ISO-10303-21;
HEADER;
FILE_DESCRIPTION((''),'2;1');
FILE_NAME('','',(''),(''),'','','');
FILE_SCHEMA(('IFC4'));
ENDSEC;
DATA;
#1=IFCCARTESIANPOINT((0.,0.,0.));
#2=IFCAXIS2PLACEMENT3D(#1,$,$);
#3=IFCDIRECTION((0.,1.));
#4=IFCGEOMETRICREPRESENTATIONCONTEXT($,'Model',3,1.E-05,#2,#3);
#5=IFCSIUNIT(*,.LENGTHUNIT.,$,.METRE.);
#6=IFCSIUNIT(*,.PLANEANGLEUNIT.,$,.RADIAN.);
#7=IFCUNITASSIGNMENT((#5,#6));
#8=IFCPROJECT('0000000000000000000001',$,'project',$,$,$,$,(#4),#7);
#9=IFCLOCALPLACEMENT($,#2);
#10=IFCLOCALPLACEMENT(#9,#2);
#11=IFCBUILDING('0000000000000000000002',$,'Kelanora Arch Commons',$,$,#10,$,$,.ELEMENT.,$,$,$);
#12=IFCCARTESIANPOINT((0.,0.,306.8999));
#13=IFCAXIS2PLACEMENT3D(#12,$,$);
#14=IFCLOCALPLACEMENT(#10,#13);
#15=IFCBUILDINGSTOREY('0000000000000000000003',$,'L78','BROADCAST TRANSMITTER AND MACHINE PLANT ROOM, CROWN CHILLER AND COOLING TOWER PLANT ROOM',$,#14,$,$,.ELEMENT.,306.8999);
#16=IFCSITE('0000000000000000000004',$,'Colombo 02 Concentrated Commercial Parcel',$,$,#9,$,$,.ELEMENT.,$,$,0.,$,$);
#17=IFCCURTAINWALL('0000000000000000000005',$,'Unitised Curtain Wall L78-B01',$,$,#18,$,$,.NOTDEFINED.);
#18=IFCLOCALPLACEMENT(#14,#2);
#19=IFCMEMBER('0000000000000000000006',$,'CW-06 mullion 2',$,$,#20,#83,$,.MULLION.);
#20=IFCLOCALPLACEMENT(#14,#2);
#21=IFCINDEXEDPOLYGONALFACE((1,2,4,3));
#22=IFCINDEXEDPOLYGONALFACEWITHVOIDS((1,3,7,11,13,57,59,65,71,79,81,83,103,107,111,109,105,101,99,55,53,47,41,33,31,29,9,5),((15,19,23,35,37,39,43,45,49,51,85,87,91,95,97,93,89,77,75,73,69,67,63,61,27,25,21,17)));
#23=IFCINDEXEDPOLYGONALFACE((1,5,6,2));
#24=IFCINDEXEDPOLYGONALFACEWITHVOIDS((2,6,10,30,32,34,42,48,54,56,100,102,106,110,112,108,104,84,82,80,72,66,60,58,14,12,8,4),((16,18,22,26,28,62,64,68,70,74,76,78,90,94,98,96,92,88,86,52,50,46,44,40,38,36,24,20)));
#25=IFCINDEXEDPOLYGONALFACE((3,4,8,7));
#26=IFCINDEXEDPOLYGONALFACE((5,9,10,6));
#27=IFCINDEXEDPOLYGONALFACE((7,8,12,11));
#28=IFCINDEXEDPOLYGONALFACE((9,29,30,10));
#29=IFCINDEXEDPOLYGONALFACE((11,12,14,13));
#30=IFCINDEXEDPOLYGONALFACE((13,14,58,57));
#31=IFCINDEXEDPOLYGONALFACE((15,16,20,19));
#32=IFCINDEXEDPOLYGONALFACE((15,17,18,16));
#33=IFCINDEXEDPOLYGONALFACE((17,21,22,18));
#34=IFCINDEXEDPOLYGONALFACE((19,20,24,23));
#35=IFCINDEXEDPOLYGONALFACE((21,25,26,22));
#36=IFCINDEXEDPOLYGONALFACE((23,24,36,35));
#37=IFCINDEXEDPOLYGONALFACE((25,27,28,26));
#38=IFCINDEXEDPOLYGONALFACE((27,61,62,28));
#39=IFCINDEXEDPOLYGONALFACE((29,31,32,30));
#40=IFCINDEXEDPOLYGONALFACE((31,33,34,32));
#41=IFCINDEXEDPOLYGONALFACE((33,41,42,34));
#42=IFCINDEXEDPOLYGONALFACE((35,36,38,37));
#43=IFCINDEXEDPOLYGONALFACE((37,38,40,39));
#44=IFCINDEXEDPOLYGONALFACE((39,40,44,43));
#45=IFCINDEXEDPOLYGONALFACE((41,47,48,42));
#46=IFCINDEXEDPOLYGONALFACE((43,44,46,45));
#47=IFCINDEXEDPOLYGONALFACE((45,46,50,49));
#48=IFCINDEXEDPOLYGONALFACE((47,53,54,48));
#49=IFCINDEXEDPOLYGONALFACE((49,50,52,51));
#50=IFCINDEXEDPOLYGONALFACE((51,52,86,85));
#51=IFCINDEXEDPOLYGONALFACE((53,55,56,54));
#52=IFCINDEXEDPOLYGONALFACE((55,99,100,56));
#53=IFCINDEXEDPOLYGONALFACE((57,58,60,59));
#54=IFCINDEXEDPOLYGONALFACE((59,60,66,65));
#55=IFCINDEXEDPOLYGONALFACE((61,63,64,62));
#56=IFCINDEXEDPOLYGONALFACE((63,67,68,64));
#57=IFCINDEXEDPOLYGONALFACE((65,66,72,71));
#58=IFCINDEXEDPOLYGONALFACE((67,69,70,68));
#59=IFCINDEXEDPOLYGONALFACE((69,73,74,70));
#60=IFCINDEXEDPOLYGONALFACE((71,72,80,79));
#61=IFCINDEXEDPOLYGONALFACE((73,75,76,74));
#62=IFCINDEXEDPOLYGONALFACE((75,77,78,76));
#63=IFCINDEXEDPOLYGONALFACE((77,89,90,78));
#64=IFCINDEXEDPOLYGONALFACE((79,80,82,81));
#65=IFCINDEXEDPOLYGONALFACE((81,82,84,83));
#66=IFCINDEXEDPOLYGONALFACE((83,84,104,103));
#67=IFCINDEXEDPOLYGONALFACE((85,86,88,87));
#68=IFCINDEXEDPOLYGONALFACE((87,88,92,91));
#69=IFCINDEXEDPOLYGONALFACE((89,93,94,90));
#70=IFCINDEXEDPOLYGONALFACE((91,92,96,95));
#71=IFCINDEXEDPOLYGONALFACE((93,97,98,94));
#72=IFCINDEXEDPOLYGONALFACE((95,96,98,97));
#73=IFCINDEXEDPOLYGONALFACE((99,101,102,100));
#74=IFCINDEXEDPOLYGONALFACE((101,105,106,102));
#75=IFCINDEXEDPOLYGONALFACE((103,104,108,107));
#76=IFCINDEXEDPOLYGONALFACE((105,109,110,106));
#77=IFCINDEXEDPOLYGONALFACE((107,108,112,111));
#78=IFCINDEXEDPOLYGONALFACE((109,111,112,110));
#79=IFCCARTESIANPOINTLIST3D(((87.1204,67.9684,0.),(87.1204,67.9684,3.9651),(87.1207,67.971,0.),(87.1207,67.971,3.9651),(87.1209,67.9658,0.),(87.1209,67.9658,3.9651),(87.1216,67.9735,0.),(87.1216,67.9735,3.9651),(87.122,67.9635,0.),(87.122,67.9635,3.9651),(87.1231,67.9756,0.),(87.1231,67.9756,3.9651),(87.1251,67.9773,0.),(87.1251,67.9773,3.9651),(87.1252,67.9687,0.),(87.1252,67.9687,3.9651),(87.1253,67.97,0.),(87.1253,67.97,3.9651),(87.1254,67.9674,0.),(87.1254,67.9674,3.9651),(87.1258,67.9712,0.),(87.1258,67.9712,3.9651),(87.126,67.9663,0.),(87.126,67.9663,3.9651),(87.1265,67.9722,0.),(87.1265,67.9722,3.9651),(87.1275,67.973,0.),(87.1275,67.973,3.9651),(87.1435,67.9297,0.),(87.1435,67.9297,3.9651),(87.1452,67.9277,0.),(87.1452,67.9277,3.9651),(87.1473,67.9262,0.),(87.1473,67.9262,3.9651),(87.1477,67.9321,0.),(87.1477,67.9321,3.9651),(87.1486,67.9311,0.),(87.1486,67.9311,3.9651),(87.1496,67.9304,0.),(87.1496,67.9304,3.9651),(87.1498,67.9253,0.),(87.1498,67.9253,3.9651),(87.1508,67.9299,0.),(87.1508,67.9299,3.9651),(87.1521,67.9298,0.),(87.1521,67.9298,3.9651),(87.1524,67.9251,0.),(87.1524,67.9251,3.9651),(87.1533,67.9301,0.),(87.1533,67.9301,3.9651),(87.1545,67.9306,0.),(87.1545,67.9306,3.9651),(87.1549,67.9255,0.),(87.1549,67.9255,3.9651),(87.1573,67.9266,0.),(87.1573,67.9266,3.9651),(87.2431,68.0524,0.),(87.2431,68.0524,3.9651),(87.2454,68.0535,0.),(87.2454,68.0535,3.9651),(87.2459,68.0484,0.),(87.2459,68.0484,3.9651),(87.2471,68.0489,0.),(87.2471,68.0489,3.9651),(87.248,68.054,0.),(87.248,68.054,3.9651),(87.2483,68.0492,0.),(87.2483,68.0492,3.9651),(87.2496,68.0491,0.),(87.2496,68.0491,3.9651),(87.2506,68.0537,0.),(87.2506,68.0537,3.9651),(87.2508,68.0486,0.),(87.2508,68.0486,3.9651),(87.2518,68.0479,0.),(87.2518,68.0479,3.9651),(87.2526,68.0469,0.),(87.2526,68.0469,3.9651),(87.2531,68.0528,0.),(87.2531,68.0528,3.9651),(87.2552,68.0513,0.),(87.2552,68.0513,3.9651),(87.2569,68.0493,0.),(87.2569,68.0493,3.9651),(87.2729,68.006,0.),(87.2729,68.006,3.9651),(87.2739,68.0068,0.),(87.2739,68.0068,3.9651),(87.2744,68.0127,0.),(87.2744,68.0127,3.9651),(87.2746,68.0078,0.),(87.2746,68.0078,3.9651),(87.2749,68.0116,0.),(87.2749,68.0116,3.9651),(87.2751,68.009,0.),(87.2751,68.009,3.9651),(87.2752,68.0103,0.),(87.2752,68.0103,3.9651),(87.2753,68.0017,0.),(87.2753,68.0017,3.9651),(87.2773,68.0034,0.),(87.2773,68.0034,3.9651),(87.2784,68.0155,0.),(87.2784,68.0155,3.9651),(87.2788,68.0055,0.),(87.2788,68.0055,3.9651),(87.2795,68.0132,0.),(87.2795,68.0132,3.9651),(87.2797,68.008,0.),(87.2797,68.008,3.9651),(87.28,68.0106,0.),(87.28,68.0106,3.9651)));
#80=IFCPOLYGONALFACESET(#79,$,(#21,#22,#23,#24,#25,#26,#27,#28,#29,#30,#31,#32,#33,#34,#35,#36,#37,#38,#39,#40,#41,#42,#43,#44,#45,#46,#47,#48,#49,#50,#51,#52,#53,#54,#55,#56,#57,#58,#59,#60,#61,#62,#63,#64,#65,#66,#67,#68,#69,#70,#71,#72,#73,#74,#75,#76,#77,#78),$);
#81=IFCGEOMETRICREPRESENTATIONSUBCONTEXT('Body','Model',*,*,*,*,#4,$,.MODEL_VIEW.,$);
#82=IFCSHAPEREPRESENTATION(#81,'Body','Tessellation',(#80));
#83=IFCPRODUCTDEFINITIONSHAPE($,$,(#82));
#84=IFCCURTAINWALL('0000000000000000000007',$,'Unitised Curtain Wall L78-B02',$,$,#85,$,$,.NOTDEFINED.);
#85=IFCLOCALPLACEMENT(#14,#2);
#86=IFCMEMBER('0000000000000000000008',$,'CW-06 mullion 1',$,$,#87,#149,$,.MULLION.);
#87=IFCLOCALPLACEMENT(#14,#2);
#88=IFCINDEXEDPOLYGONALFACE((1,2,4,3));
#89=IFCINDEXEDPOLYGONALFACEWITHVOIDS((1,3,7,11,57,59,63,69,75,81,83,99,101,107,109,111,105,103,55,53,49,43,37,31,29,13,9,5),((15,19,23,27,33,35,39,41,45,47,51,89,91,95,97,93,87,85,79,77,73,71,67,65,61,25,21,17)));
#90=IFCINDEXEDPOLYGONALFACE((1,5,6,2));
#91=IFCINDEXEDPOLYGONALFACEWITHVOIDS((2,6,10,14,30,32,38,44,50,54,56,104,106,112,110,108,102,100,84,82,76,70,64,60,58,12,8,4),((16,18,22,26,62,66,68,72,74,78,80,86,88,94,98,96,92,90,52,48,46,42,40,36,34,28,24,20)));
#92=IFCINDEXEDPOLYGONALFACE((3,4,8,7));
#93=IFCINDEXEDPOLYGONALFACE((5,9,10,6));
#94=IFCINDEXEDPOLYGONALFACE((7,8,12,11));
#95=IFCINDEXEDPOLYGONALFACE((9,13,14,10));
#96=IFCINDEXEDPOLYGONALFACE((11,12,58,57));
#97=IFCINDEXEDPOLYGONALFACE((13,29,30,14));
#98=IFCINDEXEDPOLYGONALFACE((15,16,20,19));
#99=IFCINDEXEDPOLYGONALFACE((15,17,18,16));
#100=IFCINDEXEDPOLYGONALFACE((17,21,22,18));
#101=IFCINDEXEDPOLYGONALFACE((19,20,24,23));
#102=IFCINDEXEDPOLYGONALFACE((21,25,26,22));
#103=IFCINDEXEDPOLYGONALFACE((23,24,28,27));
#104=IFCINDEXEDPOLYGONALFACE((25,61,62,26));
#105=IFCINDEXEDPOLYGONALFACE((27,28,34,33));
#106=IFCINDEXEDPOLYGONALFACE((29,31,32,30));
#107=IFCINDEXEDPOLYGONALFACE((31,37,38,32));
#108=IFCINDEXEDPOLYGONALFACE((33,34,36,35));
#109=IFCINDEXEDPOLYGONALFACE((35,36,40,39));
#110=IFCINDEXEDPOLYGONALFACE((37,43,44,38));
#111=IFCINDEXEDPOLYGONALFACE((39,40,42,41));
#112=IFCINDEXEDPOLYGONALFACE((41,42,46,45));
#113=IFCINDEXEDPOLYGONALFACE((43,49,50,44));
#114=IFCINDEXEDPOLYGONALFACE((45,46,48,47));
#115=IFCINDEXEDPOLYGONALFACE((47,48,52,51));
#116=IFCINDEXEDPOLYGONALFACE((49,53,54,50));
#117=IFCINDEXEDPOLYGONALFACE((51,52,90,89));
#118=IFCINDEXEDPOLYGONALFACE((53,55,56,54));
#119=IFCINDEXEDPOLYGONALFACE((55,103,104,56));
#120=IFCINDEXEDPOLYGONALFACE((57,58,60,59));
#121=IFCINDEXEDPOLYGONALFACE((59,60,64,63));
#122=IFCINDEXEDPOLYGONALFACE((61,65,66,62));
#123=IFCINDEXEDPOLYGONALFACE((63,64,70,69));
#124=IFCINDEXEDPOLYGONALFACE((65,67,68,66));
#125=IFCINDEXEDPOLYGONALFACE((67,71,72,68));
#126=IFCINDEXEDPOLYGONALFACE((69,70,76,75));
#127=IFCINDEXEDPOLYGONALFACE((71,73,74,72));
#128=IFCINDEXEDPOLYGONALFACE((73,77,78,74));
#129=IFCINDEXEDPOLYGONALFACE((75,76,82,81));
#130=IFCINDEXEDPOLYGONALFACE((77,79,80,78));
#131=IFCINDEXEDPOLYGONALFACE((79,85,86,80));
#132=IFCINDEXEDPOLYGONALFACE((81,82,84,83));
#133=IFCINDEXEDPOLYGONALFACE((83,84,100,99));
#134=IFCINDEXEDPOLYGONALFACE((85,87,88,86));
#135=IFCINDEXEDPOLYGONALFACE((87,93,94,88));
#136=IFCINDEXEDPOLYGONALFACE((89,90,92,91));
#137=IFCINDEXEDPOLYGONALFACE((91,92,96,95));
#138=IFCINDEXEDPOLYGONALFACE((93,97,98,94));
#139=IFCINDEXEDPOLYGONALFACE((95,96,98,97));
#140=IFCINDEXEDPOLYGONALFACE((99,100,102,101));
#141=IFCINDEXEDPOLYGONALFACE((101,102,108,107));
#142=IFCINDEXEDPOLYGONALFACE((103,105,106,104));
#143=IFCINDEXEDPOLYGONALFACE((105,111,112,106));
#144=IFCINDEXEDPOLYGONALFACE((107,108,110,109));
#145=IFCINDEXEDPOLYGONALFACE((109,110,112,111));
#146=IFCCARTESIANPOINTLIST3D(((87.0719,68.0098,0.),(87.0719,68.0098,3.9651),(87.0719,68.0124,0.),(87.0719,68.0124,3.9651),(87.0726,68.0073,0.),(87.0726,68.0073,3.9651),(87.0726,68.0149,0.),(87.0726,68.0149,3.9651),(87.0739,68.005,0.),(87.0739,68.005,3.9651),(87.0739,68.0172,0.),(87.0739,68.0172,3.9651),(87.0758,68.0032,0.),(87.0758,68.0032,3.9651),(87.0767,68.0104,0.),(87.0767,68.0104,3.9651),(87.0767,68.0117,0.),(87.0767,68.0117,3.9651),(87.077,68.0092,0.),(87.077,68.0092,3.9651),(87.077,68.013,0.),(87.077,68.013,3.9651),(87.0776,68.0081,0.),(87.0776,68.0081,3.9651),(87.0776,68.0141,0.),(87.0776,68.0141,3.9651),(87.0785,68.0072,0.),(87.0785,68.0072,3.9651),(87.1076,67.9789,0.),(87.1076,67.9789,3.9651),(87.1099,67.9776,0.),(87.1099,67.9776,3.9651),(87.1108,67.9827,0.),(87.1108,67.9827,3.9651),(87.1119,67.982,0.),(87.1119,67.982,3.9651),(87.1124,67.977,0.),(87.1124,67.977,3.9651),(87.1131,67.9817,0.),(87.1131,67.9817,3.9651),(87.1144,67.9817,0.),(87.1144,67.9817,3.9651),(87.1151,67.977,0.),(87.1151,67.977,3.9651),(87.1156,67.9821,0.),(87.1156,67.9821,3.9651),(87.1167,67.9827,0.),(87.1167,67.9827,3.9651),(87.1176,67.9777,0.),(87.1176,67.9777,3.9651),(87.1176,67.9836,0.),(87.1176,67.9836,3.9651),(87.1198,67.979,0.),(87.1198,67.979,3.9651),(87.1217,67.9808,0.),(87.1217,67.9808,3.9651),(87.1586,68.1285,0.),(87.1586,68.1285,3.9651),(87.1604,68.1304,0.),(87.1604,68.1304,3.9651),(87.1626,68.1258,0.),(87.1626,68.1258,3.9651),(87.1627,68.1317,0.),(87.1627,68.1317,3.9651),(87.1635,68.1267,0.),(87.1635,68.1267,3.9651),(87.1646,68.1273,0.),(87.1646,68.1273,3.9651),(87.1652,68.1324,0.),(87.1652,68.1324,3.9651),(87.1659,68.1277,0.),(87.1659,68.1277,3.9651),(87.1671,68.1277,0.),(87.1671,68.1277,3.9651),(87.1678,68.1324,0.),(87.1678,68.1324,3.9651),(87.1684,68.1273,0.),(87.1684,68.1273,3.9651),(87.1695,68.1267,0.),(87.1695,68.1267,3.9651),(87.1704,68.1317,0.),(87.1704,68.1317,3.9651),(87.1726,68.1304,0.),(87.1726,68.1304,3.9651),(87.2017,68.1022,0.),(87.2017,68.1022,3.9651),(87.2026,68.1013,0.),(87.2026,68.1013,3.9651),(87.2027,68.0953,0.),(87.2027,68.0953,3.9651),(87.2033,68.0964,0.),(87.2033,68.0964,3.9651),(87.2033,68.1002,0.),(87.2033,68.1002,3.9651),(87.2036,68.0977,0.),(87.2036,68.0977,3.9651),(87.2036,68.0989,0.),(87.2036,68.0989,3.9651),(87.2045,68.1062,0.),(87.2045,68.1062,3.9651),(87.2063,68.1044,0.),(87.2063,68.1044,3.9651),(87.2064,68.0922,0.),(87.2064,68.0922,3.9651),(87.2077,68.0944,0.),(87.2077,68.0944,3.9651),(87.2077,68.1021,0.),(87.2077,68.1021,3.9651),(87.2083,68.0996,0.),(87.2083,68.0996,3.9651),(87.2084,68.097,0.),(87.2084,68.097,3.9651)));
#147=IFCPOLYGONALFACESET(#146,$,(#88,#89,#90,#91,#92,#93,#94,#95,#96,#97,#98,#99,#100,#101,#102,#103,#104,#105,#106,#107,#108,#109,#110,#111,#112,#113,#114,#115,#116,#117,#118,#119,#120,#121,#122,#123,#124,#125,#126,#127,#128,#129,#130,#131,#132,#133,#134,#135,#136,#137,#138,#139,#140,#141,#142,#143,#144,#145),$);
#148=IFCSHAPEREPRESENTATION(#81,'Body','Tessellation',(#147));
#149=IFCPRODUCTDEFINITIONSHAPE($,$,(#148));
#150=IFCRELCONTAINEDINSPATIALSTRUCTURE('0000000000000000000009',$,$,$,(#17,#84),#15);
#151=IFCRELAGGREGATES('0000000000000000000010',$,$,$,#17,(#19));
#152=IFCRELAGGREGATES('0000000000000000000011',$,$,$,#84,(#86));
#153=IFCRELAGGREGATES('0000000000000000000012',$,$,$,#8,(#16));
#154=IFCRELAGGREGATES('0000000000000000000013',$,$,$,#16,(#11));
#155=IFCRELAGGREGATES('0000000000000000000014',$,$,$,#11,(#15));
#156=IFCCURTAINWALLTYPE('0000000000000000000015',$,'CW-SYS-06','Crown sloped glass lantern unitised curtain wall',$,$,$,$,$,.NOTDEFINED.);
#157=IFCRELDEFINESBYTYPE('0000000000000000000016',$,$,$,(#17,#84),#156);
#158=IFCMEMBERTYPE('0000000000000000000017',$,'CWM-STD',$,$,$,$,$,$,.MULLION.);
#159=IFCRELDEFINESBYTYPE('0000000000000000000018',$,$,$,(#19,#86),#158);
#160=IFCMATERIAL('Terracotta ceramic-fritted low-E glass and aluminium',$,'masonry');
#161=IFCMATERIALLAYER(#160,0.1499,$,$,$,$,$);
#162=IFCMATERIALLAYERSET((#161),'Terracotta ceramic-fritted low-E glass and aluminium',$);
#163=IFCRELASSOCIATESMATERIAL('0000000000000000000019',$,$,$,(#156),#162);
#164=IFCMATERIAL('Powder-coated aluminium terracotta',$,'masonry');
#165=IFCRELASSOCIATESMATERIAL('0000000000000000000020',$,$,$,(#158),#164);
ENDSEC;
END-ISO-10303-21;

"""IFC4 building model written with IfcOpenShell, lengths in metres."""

from ifc_helpers import new_model, si_unit, direction, frame, origin, origin_2d, place, context, subcontext, project, spatial, hollow_rectangle, extrude, material, layer, layer_set, material_profile, profile_set, type_object, element, aggregate, save


model = new_model("IFC4")

# Units and contexts
model_context = context("Model", 3, precision=1e-05, world=origin(), true_north=direction((0.0, 1.0)))
body_context = subcontext(model_context, "Body", "Model", "MODEL_VIEW")
ifc_project = project(units=[si_unit("LENGTHUNIT", "METRE"), si_unit("PLANEANGLEUNIT", "RADIAN")], contexts=[model_context])

# Site, building, storey
site_placement = place(None, origin())
site = spatial("IfcSite", under=ifc_project, at=site_placement, Name="Colombo 02 Concentrated Commercial Parcel", CompositionType="ELEMENT", RefElevation=0.0)
building_placement = place(site_placement, origin())
building = spatial("IfcBuilding", under=site, at=building_placement, Name="Kelanora Arch Commons", CompositionType="ELEMENT")
storey_placement = place(building_placement, frame((0.0, 0.0, 306.8999)))
storey = spatial("IfcBuildingStorey", under=building, at=storey_placement, Name="L78", Description="BROADCAST TRANSMITTER AND MACHINE PLANT ROOM, CROWN CHILLER AND COOLING TOWER PLANT ROOM", CompositionType="ELEMENT", Elevation=306.8999)

# Curtain wall, member
ifc_material_1 = material(Name="Terracotta ceramic-fritted low-E glass and aluminium", Category="masonry")
ifc_layer_1 = layer(ifc_material_1, 0.1499)
ifc_layer_set_1 = layer_set([ifc_layer_1], Name="Terracotta ceramic-fritted low-E glass and aluminium")
curtain_wall_type = type_object("IfcCurtainWallType", Name="CW-SYS-06", Description="Crown sloped glass lantern unitised curtain wall", PredefinedType="NOTDEFINED", material=ifc_layer_set_1)
curtain_wall_1_placement = place(storey_placement, origin())
curtain_wall_1 = element("IfcCurtainWall", 1, at=curtain_wall_1_placement, inside=storey, type_object=curtain_wall_type, Name="Unitised Curtain Wall L78-B01", PredefinedType="NOTDEFINED")
ifc_material_2 = material(Name="Powder-coated aluminium terracotta", Category="masonry")
ifc_material_profile_1 = material_profile(ifc_material_2, hollow_rectangle(XDim=0.1599, YDim=0.0601, WallThickness=0.0049, InnerFilletRadius=0.0049, OuterFilletRadius=0.01, at=origin_2d()), Name="CWM160x60")
ifc_profile_set_1 = profile_set([ifc_material_profile_1], Name="Powder-coated aluminium terracotta")
member_type_1 = type_object("IfcMemberType", Name="CWM-STD", PredefinedType="MULLION", material=ifc_profile_set_1)
member_1_placement = place(storey_placement, frame((87.2002, 67.9895, 0.0), z_axis=(0.0, 0.0, 1.0), x_axis=(-0.843592, -0.536984, 0.0)))
member_1 = element("IfcMember", 2, at=member_1_placement, type_object=member_type_1, Name="CW-06 mullion 2", PredefinedType="MULLION", context=body_context, shape_type="SweptSolid", body=[
    extrude(hollow_rectangle(XDim=0.1599, YDim=0.0601, WallThickness=0.0049, InnerFilletRadius=0.0049, OuterFilletRadius=0.01, at=origin_2d()), origin(), (0.0, 0.0, 1.0), 3.9651),
])

# Curtain wall, member
curtain_wall_2_placement = place(storey_placement, origin())
curtain_wall_2 = element("IfcCurtainWall", 3, at=curtain_wall_2_placement, inside=storey, type_object=curtain_wall_type, Name="Unitised Curtain Wall L78-B02", PredefinedType="NOTDEFINED")
member_2_placement = place(storey_placement, frame((87.1401, 68.0547, 0.0), z_axis=(0.0, 0.0, 1.0), x_axis=(-0.605596, -0.795772, 0.0)))
member_2 = element("IfcMember", 4, at=member_2_placement, type_object=member_type_1, Name="CW-06 mullion 1", PredefinedType="MULLION", context=body_context, shape_type="SweptSolid", body=[
    extrude(hollow_rectangle(XDim=0.1599, YDim=0.0601, WallThickness=0.0049, InnerFilletRadius=0.0049, OuterFilletRadius=0.01, at=origin_2d()), origin(), (0.0, 0.0, 1.0), 3.9651),
])

aggregate(curtain_wall_1, [member_1])
aggregate(curtain_wall_2, [member_2])

save(model, "model.ifc")
